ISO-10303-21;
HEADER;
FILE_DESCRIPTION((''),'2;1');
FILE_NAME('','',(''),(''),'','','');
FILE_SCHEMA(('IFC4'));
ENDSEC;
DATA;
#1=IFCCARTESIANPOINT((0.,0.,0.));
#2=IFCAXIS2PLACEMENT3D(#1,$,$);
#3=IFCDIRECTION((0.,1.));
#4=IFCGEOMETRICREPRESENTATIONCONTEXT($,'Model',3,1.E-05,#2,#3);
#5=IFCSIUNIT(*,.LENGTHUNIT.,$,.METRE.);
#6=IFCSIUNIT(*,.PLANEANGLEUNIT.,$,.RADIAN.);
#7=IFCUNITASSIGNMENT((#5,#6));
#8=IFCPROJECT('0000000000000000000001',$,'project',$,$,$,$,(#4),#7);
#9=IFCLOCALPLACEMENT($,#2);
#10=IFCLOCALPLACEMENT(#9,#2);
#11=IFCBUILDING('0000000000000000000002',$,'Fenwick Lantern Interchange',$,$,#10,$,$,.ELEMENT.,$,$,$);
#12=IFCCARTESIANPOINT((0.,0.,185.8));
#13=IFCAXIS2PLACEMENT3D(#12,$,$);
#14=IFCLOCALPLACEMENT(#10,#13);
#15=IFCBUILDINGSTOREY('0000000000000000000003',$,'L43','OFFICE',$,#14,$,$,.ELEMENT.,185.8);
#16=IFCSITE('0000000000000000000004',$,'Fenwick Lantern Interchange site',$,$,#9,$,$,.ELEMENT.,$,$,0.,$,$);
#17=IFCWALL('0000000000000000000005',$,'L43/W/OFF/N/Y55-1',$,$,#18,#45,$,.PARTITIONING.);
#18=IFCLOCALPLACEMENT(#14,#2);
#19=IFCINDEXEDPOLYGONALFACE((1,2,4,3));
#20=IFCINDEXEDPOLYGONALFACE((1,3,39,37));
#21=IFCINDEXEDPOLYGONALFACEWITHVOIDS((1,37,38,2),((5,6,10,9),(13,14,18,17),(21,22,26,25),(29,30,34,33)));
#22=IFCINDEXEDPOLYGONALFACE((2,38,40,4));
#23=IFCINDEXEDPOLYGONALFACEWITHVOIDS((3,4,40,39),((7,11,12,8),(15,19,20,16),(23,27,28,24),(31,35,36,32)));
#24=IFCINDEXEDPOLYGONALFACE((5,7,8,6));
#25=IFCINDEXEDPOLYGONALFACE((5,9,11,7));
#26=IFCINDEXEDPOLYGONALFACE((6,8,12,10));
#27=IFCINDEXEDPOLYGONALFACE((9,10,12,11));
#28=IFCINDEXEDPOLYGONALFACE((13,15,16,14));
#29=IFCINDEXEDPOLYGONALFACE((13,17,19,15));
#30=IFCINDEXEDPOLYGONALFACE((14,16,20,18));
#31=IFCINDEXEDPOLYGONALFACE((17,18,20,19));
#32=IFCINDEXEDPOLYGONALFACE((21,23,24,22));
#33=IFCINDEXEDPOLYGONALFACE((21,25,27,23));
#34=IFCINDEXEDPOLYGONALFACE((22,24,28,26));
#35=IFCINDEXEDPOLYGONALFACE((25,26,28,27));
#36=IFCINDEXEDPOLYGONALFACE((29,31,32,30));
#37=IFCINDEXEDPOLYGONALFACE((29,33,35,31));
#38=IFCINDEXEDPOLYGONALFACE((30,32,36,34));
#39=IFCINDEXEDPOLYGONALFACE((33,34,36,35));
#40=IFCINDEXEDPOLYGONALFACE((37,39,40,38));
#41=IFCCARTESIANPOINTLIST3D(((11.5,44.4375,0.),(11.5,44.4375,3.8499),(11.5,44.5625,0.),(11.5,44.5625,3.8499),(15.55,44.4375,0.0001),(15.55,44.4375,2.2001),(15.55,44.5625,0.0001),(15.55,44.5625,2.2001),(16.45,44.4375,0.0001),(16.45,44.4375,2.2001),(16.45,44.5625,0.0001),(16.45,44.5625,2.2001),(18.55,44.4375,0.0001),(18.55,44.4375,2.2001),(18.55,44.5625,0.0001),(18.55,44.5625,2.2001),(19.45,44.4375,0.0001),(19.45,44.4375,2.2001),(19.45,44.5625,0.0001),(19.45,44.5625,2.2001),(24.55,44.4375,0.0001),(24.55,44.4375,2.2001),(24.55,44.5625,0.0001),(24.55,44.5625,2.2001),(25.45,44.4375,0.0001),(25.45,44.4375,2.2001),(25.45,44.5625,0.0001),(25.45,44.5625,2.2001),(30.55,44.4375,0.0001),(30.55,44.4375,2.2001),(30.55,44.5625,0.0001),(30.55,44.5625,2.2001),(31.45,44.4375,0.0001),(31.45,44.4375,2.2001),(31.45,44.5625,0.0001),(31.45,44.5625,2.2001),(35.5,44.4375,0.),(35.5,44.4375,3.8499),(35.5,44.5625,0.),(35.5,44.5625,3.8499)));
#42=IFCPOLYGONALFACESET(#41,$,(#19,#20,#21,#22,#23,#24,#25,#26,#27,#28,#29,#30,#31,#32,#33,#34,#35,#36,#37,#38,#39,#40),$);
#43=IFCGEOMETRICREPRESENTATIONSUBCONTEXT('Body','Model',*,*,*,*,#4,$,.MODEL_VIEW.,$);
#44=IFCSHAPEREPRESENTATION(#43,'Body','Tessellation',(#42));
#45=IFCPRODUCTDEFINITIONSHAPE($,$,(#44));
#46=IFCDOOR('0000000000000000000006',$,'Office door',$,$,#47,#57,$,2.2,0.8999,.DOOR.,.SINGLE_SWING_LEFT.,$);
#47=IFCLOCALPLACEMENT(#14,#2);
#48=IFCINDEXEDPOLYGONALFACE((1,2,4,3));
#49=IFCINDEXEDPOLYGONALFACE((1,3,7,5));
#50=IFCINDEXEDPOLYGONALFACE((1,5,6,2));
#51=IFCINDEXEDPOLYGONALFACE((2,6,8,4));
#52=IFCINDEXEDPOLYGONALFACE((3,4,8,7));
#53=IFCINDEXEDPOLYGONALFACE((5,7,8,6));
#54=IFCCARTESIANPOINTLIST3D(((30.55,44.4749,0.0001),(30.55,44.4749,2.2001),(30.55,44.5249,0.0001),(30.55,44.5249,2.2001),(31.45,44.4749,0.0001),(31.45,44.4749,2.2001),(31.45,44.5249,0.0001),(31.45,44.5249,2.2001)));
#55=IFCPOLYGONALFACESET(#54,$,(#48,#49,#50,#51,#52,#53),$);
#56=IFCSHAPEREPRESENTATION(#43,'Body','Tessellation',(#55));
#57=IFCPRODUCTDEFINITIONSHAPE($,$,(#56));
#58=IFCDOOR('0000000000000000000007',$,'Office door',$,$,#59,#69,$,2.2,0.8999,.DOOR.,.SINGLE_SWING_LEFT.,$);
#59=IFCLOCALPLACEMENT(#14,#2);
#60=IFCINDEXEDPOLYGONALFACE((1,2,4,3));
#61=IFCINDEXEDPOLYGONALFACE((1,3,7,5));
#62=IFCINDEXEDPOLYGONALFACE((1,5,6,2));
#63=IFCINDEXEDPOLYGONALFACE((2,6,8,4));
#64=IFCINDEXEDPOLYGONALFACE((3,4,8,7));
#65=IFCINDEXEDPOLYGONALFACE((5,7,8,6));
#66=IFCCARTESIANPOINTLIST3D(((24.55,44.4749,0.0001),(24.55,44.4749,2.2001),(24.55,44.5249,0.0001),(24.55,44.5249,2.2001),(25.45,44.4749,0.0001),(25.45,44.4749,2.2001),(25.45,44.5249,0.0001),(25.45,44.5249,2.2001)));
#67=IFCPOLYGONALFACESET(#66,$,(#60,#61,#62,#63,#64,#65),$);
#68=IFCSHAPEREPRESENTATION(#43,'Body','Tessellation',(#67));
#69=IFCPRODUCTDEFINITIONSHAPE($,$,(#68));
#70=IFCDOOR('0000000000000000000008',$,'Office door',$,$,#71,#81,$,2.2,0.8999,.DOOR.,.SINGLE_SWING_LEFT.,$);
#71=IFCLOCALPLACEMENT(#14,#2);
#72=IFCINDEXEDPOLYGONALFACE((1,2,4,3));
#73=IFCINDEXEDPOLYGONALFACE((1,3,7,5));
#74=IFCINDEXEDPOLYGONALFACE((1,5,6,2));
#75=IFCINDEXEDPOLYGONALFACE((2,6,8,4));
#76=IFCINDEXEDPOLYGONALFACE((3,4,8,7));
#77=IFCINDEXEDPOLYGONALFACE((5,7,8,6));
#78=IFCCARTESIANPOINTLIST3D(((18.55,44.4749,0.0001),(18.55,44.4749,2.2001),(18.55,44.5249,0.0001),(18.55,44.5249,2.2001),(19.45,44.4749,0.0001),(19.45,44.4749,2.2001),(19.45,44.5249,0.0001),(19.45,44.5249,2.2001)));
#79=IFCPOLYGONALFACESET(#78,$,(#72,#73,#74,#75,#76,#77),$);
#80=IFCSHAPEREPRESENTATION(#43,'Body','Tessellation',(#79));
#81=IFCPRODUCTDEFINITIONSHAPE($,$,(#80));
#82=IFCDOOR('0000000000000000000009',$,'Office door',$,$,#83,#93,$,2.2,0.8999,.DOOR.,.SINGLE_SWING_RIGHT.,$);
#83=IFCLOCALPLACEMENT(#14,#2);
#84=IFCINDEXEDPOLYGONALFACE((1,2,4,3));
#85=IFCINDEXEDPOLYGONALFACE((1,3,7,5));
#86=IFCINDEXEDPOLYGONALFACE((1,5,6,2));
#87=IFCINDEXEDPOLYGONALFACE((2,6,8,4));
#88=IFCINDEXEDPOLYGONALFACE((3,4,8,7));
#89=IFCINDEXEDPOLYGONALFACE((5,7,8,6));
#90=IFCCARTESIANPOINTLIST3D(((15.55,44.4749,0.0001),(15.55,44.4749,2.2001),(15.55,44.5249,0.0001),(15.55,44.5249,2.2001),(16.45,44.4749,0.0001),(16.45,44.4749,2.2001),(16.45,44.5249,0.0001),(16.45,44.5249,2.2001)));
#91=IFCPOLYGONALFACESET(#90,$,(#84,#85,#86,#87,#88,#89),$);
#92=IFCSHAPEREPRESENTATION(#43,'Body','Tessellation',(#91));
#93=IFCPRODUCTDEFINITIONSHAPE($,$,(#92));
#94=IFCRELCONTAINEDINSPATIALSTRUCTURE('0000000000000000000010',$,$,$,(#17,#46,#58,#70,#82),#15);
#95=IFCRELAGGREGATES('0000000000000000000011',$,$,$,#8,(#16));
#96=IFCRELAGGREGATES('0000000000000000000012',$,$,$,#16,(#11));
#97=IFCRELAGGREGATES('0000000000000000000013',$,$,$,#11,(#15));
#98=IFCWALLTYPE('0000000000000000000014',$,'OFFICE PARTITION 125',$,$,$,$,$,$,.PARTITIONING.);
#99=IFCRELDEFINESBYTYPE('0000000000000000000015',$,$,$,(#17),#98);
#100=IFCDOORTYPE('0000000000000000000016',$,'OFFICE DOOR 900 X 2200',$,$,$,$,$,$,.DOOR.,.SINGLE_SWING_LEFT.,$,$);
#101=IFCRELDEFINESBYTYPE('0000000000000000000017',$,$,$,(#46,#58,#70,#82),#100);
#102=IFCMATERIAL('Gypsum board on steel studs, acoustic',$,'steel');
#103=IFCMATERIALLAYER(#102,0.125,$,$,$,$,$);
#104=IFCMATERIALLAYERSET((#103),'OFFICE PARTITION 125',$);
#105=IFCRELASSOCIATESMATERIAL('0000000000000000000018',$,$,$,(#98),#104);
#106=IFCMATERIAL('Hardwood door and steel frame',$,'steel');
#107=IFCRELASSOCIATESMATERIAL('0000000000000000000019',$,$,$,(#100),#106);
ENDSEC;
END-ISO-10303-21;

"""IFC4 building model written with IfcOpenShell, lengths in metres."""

from ifc_helpers import new_model, si_unit, direction, frame, frame_2d, origin, place, context, subcontext, project, spatial, rectangle, extrude, material, layer, layer_set, type_object, element, fill, save


model = new_model("IFC4")

# Units and contexts
model_context = context("Model", 3, precision=1e-05, world=origin(), true_north=direction((0.0, 1.0)))
body_context = subcontext(model_context, "Body", "Model", "MODEL_VIEW")
ifc_project = project(units=[si_unit("LENGTHUNIT", "METRE"), si_unit("PLANEANGLEUNIT", "RADIAN")], contexts=[model_context])

# Site, building, storey
site_placement = place(None, origin())
site = spatial("IfcSite", under=ifc_project, at=site_placement, Name="Fenwick Lantern Interchange site", CompositionType="ELEMENT", RefElevation=0.0)
building_placement = place(site_placement, origin())
building = spatial("IfcBuilding", under=site, at=building_placement, Name="Fenwick Lantern Interchange", CompositionType="ELEMENT")
storey_placement = place(building_placement, frame((0.0, 0.0, 185.8)))
storey = spatial("IfcBuildingStorey", under=building, at=storey_placement, Name="L43", Description="OFFICE", CompositionType="ELEMENT", Elevation=185.8)

# Shared definitions
ifc_material_1 = material(Name="Gypsum board on steel studs, acoustic", Category="steel")
ifc_layer_1 = layer(ifc_material_1, 0.125)
ifc_layer_set_1 = layer_set([ifc_layer_1], Name="OFFICE PARTITION 125")
wall_type_1 = type_object("IfcWallType", Name="OFFICE PARTITION 125", PredefinedType="PARTITIONING", material=ifc_layer_set_1)
ifc_material_2 = material(Name="Hardwood door and steel frame", Category="steel")
door_type = type_object("IfcDoorType", Name="OFFICE DOOR 900 X 2200", OperationType="SINGLE_SWING_LEFT", PredefinedType="DOOR", material=ifc_material_2)

# Wall, openings, doors
wall_1_placement = place(storey_placement, frame((35.5, 44.5, 0.0), z_axis=(0.0, 0.0, 1.0), x_axis=(-1.0, 0.0, 0.0)))
wall_1 = element("IfcWall", 1, at=wall_1_placement, inside=storey, type_object=wall_type_1, Name="L43/W/OFF/N/Y55-1", PredefinedType="PARTITIONING", context=body_context, shape_type="SweptSolid", body=[
    extrude(rectangle(XDim=24.0, YDim=0.125, at=frame_2d((12.0, 0.0))), origin(), (0.0, 0.0, 1.0), 3.8499),
])
opening_1_placement = place(wall_1_placement, frame((4.05, 0.0, 0.0)))
opening_1 = element("IfcOpeningElement", 2, at=opening_1_placement, cuts=wall_1, PredefinedType="OPENING", context=body_context, shape_type="SweptSolid", body=[
    extrude(rectangle(XDim=0.8999, YDim=2.2, at=frame_2d((0.45, 1.1001))), frame((0.0, 0.0725, 0.0), z_axis=(0.0, -1.0, 0.0), x_axis=(1.0, 0.0, 0.0)), (0.0, 0.0, 1.0), 0.145),
])
opening_2_placement = place(wall_1_placement, frame((10.05, 0.0, 0.0)))
opening_2 = element("IfcOpeningElement", 3, at=opening_2_placement, cuts=wall_1, PredefinedType="OPENING", context=body_context, shape_type="SweptSolid", body=[
    extrude(rectangle(XDim=0.8999, YDim=2.2, at=frame_2d((0.45, 1.1001))), frame((0.0, 0.0725, 0.0), z_axis=(0.0, -1.0, 0.0), x_axis=(1.0, 0.0, 0.0)), (0.0, 0.0, 1.0), 0.145),
])
opening_3_placement = place(wall_1_placement, frame((16.05, 0.0, 0.0)))
opening_3 = element("IfcOpeningElement", 4, at=opening_3_placement, cuts=wall_1, PredefinedType="OPENING", context=body_context, shape_type="SweptSolid", body=[
    extrude(rectangle(XDim=0.8999, YDim=2.2, at=frame_2d((0.45, 1.1001))), frame((0.0, 0.0725, 0.0), z_axis=(0.0, -1.0, 0.0), x_axis=(1.0, 0.0, 0.0)), (0.0, 0.0, 1.0), 0.145),
])
opening_4_placement = place(wall_1_placement, frame((19.05, 0.0, 0.0)))
opening_4 = element("IfcOpeningElement", 5, at=opening_4_placement, cuts=wall_1, PredefinedType="OPENING", context=body_context, shape_type="SweptSolid", body=[
    extrude(rectangle(XDim=0.8999, YDim=2.2, at=frame_2d((0.45, 1.1001))), frame((0.0, 0.0725, 0.0), z_axis=(0.0, -1.0, 0.0), x_axis=(1.0, 0.0, 0.0)), (0.0, 0.0, 1.0), 0.145),
])
door_1_placement = place(opening_1_placement, frame((0.8999, 0.0, 0.0), z_axis=(0.0, 0.0, 1.0), x_axis=(-1.0, 0.0, 0.0)))
door_1 = element("IfcDoor", 6, at=door_1_placement, inside=storey, type_object=door_type, Name="Office door", OperationType="SINGLE_SWING_LEFT", OverallHeight=2.2, OverallWidth=0.8999, PredefinedType="DOOR", context=body_context, shape_type="SweptSolid", body=[
    extrude(rectangle(XDim=0.8999, YDim=2.2, at=frame_2d((0.45, 1.1001))), frame((0.0, 0.0249, 0.0), z_axis=(0.0, -1.0, 0.0), x_axis=(1.0, 0.0, 0.0)), (0.0, 0.0, 1.0), 0.05),
])
fill(opening_1, door_1)
door_2_placement = place(opening_2_placement, frame((0.8999, 0.0, 0.0), z_axis=(0.0, 0.0, 1.0), x_axis=(-1.0, 0.0, 0.0)))
door_2 = element("IfcDoor", 7, at=door_2_placement, inside=storey, type_object=door_type, Name="Office door", OperationType="SINGLE_SWING_LEFT", OverallHeight=2.2, OverallWidth=0.8999, PredefinedType="DOOR", context=body_context, shape_type="SweptSolid", body=[
    extrude(rectangle(XDim=0.8999, YDim=2.2, at=frame_2d((0.45, 1.1001))), frame((0.0, 0.0249, 0.0), z_axis=(0.0, -1.0, 0.0), x_axis=(1.0, 0.0, 0.0)), (0.0, 0.0, 1.0), 0.05),
])
fill(opening_2, door_2)
door_3_placement = place(opening_3_placement, frame((0.8999, 0.0, 0.0), z_axis=(0.0, 0.0, 1.0), x_axis=(-1.0, 0.0, 0.0)))
door_3 = element("IfcDoor", 8, at=door_3_placement, inside=storey, type_object=door_type, Name="Office door", OperationType="SINGLE_SWING_LEFT", OverallHeight=2.2, OverallWidth=0.8999, PredefinedType="DOOR", context=body_context, shape_type="SweptSolid", body=[
    extrude(rectangle(XDim=0.8999, YDim=2.2, at=frame_2d((0.45, 1.1001))), frame((0.0, 0.0249, 0.0), z_axis=(0.0, -1.0, 0.0), x_axis=(1.0, 0.0, 0.0)), (0.0, 0.0, 1.0), 0.05),
])
fill(opening_3, door_3)
door_4_placement = place(opening_4_placement, frame((0.8999, 0.0, 0.0), z_axis=(0.0, 0.0, 1.0), x_axis=(-1.0, 0.0, 0.0)))
door_4 = element("IfcDoor", 9, at=door_4_placement, inside=storey, type_object=door_type, Name="Office door", OperationType="SINGLE_SWING_RIGHT", OverallHeight=2.2, OverallWidth=0.8999, PredefinedType="DOOR", context=body_context, shape_type="SweptSolid", body=[
    extrude(rectangle(XDim=0.8999, YDim=2.2, at=frame_2d((0.45, 1.1001))), frame((0.0, 0.0249, 0.0), z_axis=(0.0, -1.0, 0.0), x_axis=(1.0, 0.0, 0.0)), (0.0, 0.0, 1.0), 0.05),
])
fill(opening_4, door_4)

save(model, "model.ifc")
